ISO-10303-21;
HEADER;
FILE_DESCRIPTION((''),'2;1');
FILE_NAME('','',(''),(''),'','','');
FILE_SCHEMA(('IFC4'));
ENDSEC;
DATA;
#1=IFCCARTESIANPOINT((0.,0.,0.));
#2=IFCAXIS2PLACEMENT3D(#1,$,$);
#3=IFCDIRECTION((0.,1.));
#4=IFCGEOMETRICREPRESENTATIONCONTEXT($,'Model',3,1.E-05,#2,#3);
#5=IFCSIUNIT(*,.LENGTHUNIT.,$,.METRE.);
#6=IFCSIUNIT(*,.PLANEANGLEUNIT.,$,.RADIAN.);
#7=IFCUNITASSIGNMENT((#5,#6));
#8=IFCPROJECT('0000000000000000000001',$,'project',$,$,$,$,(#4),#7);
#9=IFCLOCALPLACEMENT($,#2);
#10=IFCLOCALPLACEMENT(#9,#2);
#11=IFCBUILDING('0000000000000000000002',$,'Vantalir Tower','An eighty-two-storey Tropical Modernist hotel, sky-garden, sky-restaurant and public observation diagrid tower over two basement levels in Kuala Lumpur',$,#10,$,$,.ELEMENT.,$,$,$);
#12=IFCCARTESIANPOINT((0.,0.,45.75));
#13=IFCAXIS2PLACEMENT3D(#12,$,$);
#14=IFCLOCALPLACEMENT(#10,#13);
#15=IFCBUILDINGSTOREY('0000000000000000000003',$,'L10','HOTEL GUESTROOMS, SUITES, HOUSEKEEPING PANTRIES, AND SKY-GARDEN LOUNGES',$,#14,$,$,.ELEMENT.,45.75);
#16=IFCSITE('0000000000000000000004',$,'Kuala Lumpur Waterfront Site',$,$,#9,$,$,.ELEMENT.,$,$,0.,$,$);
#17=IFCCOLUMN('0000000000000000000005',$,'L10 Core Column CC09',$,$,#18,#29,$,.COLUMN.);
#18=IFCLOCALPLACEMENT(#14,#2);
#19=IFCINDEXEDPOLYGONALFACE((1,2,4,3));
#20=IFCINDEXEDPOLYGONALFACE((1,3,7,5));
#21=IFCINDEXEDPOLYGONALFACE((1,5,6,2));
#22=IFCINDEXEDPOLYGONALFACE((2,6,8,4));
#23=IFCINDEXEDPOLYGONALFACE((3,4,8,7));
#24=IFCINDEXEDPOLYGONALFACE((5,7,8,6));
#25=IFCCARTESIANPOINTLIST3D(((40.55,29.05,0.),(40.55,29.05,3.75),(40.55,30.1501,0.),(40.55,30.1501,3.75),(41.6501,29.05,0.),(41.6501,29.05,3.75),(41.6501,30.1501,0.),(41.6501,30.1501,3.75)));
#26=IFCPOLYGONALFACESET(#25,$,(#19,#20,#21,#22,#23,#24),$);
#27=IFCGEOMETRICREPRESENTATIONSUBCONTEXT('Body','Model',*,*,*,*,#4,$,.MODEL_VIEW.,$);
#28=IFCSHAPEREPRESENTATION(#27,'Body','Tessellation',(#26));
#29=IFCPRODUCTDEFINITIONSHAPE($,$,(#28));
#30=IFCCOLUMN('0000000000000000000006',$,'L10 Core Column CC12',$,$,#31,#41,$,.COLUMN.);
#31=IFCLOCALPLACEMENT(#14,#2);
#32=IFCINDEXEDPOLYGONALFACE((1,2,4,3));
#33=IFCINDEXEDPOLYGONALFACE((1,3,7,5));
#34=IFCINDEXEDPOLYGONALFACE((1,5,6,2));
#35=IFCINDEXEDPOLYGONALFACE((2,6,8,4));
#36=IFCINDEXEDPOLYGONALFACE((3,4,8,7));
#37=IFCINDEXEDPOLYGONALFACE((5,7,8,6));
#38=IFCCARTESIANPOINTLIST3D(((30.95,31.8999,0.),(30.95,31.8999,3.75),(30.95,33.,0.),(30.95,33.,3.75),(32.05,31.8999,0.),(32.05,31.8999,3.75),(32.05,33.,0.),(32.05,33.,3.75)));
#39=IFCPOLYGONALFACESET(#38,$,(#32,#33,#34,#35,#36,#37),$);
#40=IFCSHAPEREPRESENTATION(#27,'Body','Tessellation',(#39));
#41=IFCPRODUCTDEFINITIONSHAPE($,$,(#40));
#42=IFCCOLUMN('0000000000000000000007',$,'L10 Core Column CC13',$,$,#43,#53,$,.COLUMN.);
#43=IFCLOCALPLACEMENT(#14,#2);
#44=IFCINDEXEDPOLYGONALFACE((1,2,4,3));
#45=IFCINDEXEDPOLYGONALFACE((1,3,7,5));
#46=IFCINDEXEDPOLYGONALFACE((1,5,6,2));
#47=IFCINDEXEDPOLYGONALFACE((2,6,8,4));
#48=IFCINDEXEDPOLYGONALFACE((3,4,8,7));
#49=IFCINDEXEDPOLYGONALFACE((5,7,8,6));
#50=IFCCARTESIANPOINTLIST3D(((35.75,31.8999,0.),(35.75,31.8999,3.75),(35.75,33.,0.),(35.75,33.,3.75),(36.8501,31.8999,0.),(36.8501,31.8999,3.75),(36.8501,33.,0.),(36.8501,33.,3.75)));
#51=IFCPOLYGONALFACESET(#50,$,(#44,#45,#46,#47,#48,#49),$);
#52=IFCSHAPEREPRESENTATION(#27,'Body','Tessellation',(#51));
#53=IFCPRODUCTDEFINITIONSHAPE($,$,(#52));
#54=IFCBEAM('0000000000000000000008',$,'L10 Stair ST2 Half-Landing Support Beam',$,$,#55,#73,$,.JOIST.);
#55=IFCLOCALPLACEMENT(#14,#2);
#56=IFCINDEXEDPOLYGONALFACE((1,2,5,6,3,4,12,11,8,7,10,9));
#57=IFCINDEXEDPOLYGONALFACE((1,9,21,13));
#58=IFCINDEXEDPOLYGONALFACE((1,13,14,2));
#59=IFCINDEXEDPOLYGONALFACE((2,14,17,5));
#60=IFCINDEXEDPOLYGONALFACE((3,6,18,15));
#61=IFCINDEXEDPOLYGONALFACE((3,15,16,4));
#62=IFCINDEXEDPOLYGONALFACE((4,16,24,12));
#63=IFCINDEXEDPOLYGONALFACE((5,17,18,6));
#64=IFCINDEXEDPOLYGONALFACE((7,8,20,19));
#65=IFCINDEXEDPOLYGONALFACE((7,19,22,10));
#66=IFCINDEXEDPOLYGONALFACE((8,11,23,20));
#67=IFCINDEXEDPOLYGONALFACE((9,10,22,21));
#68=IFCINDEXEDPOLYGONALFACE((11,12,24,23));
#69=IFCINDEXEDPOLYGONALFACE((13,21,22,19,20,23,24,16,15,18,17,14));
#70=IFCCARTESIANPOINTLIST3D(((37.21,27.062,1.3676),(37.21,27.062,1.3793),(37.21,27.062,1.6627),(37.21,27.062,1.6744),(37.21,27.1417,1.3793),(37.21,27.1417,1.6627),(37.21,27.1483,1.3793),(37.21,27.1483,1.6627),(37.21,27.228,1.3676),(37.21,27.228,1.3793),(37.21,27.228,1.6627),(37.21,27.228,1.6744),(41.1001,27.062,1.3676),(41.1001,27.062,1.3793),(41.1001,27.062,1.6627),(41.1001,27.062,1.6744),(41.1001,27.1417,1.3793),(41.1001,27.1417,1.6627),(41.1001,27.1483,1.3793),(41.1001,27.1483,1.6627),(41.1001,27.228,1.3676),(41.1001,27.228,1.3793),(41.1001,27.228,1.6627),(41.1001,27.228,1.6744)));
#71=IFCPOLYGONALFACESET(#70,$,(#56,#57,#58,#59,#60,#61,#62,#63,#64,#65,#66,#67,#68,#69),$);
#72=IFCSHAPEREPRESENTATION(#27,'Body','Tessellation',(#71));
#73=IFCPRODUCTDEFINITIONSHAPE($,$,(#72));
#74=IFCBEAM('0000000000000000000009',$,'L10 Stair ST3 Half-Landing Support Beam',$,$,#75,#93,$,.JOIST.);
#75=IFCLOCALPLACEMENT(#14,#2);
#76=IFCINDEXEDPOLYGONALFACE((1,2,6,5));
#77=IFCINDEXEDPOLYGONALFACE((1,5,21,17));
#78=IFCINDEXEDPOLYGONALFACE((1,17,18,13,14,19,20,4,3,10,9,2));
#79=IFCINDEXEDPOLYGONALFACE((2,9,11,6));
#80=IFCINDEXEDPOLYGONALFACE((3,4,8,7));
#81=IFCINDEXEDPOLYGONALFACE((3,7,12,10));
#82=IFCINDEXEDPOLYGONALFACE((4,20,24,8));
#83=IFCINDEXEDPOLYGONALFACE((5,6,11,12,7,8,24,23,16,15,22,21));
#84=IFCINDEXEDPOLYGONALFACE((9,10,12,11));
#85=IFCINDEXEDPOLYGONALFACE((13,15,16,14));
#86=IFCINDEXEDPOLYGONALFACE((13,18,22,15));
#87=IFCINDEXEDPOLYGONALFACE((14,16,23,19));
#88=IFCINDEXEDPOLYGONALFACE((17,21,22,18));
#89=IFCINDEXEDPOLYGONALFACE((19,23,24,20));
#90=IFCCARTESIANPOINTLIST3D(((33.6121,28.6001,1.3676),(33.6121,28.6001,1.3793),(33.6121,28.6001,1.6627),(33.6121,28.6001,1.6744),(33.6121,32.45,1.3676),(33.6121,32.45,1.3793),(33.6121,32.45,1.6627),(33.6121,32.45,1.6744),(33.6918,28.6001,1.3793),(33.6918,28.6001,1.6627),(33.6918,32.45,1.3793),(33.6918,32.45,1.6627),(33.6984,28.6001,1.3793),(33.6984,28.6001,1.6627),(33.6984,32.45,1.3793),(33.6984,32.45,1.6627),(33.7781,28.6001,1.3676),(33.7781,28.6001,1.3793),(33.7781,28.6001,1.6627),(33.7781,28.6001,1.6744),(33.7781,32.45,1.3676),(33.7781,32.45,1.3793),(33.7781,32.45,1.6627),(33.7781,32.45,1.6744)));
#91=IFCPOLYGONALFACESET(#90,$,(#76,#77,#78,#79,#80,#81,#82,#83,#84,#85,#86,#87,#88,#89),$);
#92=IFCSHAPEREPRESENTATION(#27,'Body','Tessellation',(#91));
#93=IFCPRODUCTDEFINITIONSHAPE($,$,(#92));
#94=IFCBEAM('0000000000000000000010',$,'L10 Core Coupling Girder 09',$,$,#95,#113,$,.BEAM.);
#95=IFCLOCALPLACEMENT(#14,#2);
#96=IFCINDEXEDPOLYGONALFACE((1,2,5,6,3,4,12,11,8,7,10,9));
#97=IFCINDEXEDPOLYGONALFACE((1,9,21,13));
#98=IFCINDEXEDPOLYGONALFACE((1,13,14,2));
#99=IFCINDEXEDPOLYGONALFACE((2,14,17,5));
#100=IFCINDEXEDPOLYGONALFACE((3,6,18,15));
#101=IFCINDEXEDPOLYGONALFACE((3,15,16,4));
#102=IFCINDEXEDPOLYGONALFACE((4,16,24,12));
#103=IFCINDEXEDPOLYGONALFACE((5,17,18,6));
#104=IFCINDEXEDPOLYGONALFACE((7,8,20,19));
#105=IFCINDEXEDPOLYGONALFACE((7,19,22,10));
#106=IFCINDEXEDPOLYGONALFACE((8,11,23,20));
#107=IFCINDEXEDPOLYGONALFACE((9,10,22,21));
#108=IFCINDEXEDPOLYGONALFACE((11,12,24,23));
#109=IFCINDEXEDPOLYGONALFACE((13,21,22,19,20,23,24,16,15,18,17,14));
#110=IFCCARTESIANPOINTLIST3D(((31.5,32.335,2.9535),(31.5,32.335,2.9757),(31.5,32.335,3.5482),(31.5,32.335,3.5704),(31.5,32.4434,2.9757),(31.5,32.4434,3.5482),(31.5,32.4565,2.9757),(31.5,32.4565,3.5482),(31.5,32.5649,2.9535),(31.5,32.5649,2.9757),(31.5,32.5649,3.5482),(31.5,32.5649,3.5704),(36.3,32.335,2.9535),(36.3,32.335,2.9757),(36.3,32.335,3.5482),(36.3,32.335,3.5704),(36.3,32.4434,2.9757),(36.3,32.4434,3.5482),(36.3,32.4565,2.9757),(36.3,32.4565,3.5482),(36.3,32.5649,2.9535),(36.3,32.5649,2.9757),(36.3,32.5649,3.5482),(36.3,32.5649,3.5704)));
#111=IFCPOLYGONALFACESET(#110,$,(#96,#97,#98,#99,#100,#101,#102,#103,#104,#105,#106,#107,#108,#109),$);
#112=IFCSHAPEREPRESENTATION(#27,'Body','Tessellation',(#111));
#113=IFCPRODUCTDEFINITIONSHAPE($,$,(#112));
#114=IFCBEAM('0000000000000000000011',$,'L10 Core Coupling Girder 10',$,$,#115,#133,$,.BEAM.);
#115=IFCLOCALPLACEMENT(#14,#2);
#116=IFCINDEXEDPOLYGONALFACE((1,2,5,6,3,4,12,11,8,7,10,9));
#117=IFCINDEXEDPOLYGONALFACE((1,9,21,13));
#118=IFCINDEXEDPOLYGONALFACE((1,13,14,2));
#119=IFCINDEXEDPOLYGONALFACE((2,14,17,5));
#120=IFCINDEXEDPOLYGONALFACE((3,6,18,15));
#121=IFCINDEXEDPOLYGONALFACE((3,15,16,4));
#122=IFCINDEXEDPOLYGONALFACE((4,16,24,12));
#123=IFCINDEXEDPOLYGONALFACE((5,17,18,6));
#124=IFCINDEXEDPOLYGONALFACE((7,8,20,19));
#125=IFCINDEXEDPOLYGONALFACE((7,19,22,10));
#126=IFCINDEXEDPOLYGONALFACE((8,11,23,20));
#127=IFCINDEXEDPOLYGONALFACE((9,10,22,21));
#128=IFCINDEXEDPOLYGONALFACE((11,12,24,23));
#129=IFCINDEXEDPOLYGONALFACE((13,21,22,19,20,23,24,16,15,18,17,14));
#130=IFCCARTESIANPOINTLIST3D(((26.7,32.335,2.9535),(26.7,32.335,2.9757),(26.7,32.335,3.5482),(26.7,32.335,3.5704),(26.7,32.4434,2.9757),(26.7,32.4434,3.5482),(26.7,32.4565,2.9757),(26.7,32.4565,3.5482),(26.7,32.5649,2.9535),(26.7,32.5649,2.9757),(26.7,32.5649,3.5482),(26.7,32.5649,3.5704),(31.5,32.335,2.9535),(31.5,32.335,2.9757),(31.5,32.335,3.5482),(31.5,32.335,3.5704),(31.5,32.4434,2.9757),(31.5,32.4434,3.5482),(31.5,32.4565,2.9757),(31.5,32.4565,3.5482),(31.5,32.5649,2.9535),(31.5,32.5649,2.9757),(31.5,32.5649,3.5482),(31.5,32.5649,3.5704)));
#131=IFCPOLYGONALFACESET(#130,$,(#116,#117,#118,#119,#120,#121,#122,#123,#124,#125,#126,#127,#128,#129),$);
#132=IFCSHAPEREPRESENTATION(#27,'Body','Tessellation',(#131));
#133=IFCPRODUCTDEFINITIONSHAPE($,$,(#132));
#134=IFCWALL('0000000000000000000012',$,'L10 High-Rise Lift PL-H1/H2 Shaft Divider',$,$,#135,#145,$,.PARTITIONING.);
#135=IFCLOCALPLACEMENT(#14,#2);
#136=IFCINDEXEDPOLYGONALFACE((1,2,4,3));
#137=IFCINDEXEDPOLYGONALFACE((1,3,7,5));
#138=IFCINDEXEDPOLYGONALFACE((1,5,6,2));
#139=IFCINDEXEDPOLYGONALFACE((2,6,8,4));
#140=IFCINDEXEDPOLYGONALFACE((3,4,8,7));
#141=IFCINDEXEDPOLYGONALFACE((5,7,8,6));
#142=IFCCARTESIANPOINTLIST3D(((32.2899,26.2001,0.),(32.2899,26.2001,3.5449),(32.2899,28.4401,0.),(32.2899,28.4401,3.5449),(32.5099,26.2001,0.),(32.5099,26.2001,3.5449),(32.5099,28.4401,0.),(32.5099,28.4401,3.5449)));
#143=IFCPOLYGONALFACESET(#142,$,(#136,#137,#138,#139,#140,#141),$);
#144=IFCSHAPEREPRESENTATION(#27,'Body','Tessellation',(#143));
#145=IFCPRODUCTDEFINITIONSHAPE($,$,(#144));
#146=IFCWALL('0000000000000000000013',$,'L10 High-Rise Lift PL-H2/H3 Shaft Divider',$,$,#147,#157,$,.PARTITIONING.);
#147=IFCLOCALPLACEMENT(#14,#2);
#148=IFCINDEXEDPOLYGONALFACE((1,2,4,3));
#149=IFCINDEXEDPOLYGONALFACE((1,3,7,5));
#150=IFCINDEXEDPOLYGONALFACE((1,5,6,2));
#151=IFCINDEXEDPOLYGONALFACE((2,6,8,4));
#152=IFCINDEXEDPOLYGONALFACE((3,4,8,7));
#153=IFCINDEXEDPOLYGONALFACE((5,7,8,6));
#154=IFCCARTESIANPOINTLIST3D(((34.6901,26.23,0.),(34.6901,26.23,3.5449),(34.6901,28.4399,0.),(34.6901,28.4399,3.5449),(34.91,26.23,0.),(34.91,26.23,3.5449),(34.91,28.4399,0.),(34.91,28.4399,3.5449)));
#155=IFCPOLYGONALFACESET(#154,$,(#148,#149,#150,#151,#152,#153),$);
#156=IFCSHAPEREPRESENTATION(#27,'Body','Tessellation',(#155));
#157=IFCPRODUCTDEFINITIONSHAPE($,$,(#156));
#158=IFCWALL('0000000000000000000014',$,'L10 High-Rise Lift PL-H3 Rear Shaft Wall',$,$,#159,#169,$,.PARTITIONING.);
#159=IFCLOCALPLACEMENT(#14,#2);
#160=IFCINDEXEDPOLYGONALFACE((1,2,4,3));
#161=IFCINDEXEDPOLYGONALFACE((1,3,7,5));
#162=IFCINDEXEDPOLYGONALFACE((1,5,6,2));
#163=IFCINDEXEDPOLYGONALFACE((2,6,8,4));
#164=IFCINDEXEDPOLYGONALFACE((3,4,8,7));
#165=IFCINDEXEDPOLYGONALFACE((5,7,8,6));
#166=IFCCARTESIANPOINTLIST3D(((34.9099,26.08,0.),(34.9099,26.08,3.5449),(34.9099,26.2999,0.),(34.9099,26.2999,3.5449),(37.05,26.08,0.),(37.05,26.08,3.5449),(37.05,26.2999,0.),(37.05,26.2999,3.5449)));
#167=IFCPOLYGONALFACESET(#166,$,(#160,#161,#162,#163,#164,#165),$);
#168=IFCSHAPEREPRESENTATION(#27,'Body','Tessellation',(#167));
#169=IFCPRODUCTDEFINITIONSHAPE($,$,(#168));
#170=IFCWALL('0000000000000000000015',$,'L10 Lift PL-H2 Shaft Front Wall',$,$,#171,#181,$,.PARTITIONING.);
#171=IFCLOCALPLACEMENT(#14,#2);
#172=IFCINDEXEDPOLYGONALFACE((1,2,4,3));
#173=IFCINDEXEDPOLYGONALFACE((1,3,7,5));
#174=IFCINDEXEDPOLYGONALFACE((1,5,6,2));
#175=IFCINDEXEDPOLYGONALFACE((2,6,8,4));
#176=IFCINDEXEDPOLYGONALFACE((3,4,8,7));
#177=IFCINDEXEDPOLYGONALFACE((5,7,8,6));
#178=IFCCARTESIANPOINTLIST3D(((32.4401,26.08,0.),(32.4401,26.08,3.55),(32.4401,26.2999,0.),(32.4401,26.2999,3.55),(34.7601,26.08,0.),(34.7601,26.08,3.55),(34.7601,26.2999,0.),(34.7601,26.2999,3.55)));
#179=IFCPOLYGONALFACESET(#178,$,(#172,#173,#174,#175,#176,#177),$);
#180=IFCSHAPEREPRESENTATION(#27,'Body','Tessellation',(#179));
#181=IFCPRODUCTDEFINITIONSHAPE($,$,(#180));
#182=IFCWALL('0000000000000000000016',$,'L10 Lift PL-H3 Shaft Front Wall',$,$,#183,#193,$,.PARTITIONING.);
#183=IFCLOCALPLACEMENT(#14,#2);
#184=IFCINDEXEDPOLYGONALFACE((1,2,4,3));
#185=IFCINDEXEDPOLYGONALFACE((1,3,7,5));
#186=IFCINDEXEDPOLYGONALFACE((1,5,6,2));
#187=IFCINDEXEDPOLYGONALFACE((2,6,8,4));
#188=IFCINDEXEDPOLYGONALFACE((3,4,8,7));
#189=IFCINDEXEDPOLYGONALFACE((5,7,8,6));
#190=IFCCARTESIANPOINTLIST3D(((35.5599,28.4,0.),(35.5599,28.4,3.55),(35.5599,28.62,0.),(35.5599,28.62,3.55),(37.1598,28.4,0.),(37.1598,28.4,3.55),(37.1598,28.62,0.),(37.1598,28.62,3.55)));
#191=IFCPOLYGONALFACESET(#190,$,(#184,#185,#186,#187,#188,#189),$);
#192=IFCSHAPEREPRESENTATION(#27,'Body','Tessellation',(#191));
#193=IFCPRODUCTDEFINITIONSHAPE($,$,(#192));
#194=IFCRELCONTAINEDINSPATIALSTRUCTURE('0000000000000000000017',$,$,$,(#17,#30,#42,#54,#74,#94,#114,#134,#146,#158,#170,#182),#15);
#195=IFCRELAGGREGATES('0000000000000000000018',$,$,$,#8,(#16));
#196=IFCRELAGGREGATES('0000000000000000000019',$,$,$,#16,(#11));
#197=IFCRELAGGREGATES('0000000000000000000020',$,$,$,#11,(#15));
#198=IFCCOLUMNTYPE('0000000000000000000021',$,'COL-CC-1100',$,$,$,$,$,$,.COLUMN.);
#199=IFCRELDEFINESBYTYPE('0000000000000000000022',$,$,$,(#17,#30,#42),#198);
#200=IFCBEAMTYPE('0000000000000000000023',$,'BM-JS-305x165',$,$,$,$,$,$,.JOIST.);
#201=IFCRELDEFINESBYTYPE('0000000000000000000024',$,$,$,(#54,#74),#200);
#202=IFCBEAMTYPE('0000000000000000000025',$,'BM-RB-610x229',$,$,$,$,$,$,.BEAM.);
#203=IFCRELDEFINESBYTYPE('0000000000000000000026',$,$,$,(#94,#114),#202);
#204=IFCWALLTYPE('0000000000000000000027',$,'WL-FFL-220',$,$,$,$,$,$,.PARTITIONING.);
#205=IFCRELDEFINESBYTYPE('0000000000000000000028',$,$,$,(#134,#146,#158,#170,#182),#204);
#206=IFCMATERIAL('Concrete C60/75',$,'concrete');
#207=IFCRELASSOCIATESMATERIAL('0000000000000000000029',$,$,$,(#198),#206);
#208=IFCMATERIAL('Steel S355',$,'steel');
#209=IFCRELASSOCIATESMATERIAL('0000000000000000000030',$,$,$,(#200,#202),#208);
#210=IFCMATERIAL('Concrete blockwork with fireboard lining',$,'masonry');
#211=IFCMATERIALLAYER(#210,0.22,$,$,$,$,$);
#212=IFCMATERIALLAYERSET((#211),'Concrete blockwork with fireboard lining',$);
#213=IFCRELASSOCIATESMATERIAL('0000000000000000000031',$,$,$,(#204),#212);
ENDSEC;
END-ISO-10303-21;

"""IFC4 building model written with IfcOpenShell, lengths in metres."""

from ifc_helpers import new_model, si_unit, direction, frame, frame_2d, origin, origin_2d, place, context, subcontext, project, spatial, rectangle, i_section, extrude, material, layer, layer_set, material_profile, profile_set, type_object, element, save


model = new_model("IFC4")

# Units and contexts
model_context = context("Model", 3, precision=1e-05, world=origin(), true_north=direction((0.0, 1.0)))
body_context = subcontext(model_context, "Body", "Model", "MODEL_VIEW")
ifc_project = project(units=[si_unit("LENGTHUNIT", "METRE"), si_unit("PLANEANGLEUNIT", "RADIAN")], contexts=[model_context])

# Site, building, storey
site_placement = place(None, origin())
site = spatial("IfcSite", under=ifc_project, at=site_placement, Name="Kuala Lumpur Waterfront Site", CompositionType="ELEMENT", RefElevation=0.0)
building_placement = place(site_placement, origin())
building = spatial("IfcBuilding", under=site, at=building_placement, Name="Vantalir Tower", Description="An eighty-two-storey Tropical Modernist hotel, sky-garden, sky-restaurant and public observation diagrid tower over two basement levels in Kuala Lumpur", CompositionType="ELEMENT")
storey_placement = place(building_placement, frame((0.0, 0.0, 45.75)))
storey = spatial("IfcBuildingStorey", under=building, at=storey_placement, Name="L10", Description="HOTEL GUESTROOMS, SUITES, HOUSEKEEPING PANTRIES, AND SKY-GARDEN LOUNGES", CompositionType="ELEMENT", Elevation=45.75)

# Columns
ifc_material_1 = material(Name="Concrete C60/75", Category="concrete")
ifc_material_profile_1 = material_profile(ifc_material_1, rectangle(XDim=1.1001, YDim=1.1001, at=origin_2d()), Name="Concrete C60/75")
ifc_profile_set_1 = profile_set([ifc_material_profile_1], Name="Concrete C60/75")
column_type = type_object("IfcColumnType", Name="COL-CC-1100", PredefinedType="COLUMN", material=ifc_profile_set_1)
for number, where, z_axis, x_axis, name in (
    (1, (41.1001, 29.6001, 0.0), (0.0, 0.0, 1.0), (1.0, 0.0, 0.0), "L10 Core Column CC09"),
    (2, (31.5, 32.45, 0.0), (0.0, 0.0, 1.0), (1.0, 0.0, 0.0), "L10 Core Column CC12"),
    (3, (36.3, 32.45, 0.0), (0.0, 0.0, 1.0), (1.0, 0.0, 0.0), "L10 Core Column CC13"),
):
    element("IfcColumn", number, at=place(storey_placement, frame(where, z_axis=z_axis, x_axis=x_axis)), inside=storey, type_object=column_type, Name=name, PredefinedType="COLUMN", context=body_context, shape_type="SweptSolid", body=[
        extrude(rectangle(XDim=1.1001, YDim=1.1001, at=origin_2d()), origin(), (0.0, 0.0, 1.0), 3.75),
    ])

# Beams
ifc_material_2 = material(Name="Steel S355", Category="steel")
ifc_material_profile_2 = material_profile(ifc_material_2, i_section(OverallWidth=0.166, OverallDepth=0.3069, WebThickness=0.0066, FlangeThickness=0.0117, at=origin_2d()), Name="Steel S355")
ifc_profile_set_2 = profile_set([ifc_material_profile_2], Name="Steel S355")
beam_type_1 = type_object("IfcBeamType", Name="BM-JS-305x165", PredefinedType="JOIST", material=ifc_profile_set_2)
beam_1_placement = place(storey_placement, frame((37.21, 27.145, 1.521), z_axis=(1.0, 0.0, 0.0), x_axis=(0.0, 1.0, 0.0)))
element("IfcBeam", 4, at=beam_1_placement, inside=storey, type_object=beam_type_1, Name="L10 Stair ST2 Half-Landing Support Beam", PredefinedType="JOIST", context=body_context, shape_type="SweptSolid", body=[
    extrude(i_section(OverallWidth=0.166, OverallDepth=0.3069, WebThickness=0.0066, FlangeThickness=0.0117, at=origin_2d()), origin(), (0.0, 0.0, 1.0), 3.8901),
])
beam_2_placement = place(storey_placement, frame((33.6951, 28.6001, 1.521), z_axis=(0.0, 1.0, 0.0), x_axis=(-1.0, 0.0, 0.0)))
element("IfcBeam", 5, at=beam_2_placement, inside=storey, type_object=beam_type_1, Name="L10 Stair ST3 Half-Landing Support Beam", PredefinedType="JOIST", context=body_context, shape_type="SweptSolid", body=[
    extrude(i_section(OverallWidth=0.166, OverallDepth=0.3069, WebThickness=0.0066, FlangeThickness=0.0117, at=origin_2d()), origin(), (0.0, 0.0, 1.0), 3.8499),
])
ifc_material_profile_3 = material_profile(ifc_material_2, i_section(OverallWidth=0.23, OverallDepth=0.6169, WebThickness=0.0132, FlangeThickness=0.0222, at=origin_2d()), Name="Steel S355")
ifc_profile_set_3 = profile_set([ifc_material_profile_3], Name="Steel S355")
beam_type_2 = type_object("IfcBeamType", Name="BM-RB-610x229", PredefinedType="BEAM", material=ifc_profile_set_3)
for number, where, z_axis, x_axis, name in (
    (6, (36.3, 32.45, 3.262), (-1.0, 0.0, 0.0), (0.0, -1.0, 0.0), "L10 Core Coupling Girder 09"),
    (7, (31.5, 32.45, 3.262), (-1.0, 0.0, 0.0), (0.0, -1.0, 0.0), "L10 Core Coupling Girder 10"),
):
    element("IfcBeam", number, at=place(storey_placement, frame(where, z_axis=z_axis, x_axis=x_axis)), inside=storey, type_object=beam_type_2, Name=name, PredefinedType="BEAM", context=body_context, shape_type="SweptSolid", body=[
        extrude(i_section(OverallWidth=0.23, OverallDepth=0.6169, WebThickness=0.0132, FlangeThickness=0.0222, at=origin_2d()), origin(), (0.0, 0.0, 1.0), 4.8),
    ])

# Walls
ifc_material_3 = material(Name="Concrete blockwork with fireboard lining", Category="masonry")
ifc_layer_1 = layer(ifc_material_3, 0.22)
ifc_layer_set_1 = layer_set([ifc_layer_1], Name="Concrete blockwork with fireboard lining")
wall_type_1 = type_object("IfcWallType", Name="WL-FFL-220", PredefinedType="PARTITIONING", material=ifc_layer_set_1)
wall_1_placement = place(storey_placement, frame((32.3999, 26.2, 0.0), z_axis=(0.0, 0.0, 1.0), x_axis=(0.0, 1.0, 0.0)))
element("IfcWall", 8, at=wall_1_placement, inside=storey, type_object=wall_type_1, Name="L10 High-Rise Lift PL-H1/H2 Shaft Divider", PredefinedType="PARTITIONING", context=body_context, shape_type="SweptSolid", body=[
    extrude(rectangle(XDim=2.24, YDim=0.22, at=frame_2d((1.1201, 0.0))), origin(), (0.0, 0.0, 1.0), 3.5449),
])
wall_2_placement = place(storey_placement, frame((34.8, 26.23, 0.0), z_axis=(0.0, 0.0, 1.0), x_axis=(0.0, 1.0, 0.0)))
element("IfcWall", 9, at=wall_2_placement, inside=storey, type_object=wall_type_1, Name="L10 High-Rise Lift PL-H2/H3 Shaft Divider", PredefinedType="PARTITIONING", context=body_context, shape_type="SweptSolid", body=[
    extrude(rectangle(XDim=2.21, YDim=0.22, at=frame_2d((1.105, 0.0))), origin(), (0.0, 0.0, 1.0), 3.5449),
])
wall_3_placement = place(storey_placement, frame((34.9099, 26.1899, 0.0), z_axis=(0.0, 0.0, 1.0), x_axis=(1.0, 0.0, 0.0)))
element("IfcWall", 10, at=wall_3_placement, inside=storey, type_object=wall_type_1, Name="L10 High-Rise Lift PL-H3 Rear Shaft Wall", PredefinedType="PARTITIONING", context=body_context, shape_type="SweptSolid", body=[
    extrude(rectangle(XDim=2.1401, YDim=0.22, at=frame_2d((1.0701, 0.0))), origin(), (0.0, 0.0, 1.0), 3.5449),
])
wall_4_placement = place(storey_placement, frame((32.4399, 26.1899, 0.0), z_axis=(0.0, 0.0, 1.0), x_axis=(1.0, 0.0, 0.0)))
element("IfcWall", 11, at=wall_4_placement, inside=storey, type_object=wall_type_1, Name="L10 Lift PL-H2 Shaft Front Wall", PredefinedType="PARTITIONING", context=body_context, shape_type="SweptSolid", body=[
    extrude(rectangle(XDim=2.3201, YDim=0.22, at=frame_2d((1.1602, 0.0))), origin(), (0.0, 0.0, 1.0), 3.55),
])
wall_5_placement = place(storey_placement, frame((35.5601, 28.51, 0.0), z_axis=(0.0, 0.0, 1.0), x_axis=(1.0, 0.0, 0.0)))
element("IfcWall", 12, at=wall_5_placement, inside=storey, type_object=wall_type_1, Name="L10 Lift PL-H3 Shaft Front Wall", PredefinedType="PARTITIONING", context=body_context, shape_type="SweptSolid", body=[
    extrude(rectangle(XDim=1.5999, YDim=0.22, at=frame_2d((0.7998, 0.0))), origin(), (0.0, 0.0, 1.0), 3.55),
])

save(model, "model.ifc")
